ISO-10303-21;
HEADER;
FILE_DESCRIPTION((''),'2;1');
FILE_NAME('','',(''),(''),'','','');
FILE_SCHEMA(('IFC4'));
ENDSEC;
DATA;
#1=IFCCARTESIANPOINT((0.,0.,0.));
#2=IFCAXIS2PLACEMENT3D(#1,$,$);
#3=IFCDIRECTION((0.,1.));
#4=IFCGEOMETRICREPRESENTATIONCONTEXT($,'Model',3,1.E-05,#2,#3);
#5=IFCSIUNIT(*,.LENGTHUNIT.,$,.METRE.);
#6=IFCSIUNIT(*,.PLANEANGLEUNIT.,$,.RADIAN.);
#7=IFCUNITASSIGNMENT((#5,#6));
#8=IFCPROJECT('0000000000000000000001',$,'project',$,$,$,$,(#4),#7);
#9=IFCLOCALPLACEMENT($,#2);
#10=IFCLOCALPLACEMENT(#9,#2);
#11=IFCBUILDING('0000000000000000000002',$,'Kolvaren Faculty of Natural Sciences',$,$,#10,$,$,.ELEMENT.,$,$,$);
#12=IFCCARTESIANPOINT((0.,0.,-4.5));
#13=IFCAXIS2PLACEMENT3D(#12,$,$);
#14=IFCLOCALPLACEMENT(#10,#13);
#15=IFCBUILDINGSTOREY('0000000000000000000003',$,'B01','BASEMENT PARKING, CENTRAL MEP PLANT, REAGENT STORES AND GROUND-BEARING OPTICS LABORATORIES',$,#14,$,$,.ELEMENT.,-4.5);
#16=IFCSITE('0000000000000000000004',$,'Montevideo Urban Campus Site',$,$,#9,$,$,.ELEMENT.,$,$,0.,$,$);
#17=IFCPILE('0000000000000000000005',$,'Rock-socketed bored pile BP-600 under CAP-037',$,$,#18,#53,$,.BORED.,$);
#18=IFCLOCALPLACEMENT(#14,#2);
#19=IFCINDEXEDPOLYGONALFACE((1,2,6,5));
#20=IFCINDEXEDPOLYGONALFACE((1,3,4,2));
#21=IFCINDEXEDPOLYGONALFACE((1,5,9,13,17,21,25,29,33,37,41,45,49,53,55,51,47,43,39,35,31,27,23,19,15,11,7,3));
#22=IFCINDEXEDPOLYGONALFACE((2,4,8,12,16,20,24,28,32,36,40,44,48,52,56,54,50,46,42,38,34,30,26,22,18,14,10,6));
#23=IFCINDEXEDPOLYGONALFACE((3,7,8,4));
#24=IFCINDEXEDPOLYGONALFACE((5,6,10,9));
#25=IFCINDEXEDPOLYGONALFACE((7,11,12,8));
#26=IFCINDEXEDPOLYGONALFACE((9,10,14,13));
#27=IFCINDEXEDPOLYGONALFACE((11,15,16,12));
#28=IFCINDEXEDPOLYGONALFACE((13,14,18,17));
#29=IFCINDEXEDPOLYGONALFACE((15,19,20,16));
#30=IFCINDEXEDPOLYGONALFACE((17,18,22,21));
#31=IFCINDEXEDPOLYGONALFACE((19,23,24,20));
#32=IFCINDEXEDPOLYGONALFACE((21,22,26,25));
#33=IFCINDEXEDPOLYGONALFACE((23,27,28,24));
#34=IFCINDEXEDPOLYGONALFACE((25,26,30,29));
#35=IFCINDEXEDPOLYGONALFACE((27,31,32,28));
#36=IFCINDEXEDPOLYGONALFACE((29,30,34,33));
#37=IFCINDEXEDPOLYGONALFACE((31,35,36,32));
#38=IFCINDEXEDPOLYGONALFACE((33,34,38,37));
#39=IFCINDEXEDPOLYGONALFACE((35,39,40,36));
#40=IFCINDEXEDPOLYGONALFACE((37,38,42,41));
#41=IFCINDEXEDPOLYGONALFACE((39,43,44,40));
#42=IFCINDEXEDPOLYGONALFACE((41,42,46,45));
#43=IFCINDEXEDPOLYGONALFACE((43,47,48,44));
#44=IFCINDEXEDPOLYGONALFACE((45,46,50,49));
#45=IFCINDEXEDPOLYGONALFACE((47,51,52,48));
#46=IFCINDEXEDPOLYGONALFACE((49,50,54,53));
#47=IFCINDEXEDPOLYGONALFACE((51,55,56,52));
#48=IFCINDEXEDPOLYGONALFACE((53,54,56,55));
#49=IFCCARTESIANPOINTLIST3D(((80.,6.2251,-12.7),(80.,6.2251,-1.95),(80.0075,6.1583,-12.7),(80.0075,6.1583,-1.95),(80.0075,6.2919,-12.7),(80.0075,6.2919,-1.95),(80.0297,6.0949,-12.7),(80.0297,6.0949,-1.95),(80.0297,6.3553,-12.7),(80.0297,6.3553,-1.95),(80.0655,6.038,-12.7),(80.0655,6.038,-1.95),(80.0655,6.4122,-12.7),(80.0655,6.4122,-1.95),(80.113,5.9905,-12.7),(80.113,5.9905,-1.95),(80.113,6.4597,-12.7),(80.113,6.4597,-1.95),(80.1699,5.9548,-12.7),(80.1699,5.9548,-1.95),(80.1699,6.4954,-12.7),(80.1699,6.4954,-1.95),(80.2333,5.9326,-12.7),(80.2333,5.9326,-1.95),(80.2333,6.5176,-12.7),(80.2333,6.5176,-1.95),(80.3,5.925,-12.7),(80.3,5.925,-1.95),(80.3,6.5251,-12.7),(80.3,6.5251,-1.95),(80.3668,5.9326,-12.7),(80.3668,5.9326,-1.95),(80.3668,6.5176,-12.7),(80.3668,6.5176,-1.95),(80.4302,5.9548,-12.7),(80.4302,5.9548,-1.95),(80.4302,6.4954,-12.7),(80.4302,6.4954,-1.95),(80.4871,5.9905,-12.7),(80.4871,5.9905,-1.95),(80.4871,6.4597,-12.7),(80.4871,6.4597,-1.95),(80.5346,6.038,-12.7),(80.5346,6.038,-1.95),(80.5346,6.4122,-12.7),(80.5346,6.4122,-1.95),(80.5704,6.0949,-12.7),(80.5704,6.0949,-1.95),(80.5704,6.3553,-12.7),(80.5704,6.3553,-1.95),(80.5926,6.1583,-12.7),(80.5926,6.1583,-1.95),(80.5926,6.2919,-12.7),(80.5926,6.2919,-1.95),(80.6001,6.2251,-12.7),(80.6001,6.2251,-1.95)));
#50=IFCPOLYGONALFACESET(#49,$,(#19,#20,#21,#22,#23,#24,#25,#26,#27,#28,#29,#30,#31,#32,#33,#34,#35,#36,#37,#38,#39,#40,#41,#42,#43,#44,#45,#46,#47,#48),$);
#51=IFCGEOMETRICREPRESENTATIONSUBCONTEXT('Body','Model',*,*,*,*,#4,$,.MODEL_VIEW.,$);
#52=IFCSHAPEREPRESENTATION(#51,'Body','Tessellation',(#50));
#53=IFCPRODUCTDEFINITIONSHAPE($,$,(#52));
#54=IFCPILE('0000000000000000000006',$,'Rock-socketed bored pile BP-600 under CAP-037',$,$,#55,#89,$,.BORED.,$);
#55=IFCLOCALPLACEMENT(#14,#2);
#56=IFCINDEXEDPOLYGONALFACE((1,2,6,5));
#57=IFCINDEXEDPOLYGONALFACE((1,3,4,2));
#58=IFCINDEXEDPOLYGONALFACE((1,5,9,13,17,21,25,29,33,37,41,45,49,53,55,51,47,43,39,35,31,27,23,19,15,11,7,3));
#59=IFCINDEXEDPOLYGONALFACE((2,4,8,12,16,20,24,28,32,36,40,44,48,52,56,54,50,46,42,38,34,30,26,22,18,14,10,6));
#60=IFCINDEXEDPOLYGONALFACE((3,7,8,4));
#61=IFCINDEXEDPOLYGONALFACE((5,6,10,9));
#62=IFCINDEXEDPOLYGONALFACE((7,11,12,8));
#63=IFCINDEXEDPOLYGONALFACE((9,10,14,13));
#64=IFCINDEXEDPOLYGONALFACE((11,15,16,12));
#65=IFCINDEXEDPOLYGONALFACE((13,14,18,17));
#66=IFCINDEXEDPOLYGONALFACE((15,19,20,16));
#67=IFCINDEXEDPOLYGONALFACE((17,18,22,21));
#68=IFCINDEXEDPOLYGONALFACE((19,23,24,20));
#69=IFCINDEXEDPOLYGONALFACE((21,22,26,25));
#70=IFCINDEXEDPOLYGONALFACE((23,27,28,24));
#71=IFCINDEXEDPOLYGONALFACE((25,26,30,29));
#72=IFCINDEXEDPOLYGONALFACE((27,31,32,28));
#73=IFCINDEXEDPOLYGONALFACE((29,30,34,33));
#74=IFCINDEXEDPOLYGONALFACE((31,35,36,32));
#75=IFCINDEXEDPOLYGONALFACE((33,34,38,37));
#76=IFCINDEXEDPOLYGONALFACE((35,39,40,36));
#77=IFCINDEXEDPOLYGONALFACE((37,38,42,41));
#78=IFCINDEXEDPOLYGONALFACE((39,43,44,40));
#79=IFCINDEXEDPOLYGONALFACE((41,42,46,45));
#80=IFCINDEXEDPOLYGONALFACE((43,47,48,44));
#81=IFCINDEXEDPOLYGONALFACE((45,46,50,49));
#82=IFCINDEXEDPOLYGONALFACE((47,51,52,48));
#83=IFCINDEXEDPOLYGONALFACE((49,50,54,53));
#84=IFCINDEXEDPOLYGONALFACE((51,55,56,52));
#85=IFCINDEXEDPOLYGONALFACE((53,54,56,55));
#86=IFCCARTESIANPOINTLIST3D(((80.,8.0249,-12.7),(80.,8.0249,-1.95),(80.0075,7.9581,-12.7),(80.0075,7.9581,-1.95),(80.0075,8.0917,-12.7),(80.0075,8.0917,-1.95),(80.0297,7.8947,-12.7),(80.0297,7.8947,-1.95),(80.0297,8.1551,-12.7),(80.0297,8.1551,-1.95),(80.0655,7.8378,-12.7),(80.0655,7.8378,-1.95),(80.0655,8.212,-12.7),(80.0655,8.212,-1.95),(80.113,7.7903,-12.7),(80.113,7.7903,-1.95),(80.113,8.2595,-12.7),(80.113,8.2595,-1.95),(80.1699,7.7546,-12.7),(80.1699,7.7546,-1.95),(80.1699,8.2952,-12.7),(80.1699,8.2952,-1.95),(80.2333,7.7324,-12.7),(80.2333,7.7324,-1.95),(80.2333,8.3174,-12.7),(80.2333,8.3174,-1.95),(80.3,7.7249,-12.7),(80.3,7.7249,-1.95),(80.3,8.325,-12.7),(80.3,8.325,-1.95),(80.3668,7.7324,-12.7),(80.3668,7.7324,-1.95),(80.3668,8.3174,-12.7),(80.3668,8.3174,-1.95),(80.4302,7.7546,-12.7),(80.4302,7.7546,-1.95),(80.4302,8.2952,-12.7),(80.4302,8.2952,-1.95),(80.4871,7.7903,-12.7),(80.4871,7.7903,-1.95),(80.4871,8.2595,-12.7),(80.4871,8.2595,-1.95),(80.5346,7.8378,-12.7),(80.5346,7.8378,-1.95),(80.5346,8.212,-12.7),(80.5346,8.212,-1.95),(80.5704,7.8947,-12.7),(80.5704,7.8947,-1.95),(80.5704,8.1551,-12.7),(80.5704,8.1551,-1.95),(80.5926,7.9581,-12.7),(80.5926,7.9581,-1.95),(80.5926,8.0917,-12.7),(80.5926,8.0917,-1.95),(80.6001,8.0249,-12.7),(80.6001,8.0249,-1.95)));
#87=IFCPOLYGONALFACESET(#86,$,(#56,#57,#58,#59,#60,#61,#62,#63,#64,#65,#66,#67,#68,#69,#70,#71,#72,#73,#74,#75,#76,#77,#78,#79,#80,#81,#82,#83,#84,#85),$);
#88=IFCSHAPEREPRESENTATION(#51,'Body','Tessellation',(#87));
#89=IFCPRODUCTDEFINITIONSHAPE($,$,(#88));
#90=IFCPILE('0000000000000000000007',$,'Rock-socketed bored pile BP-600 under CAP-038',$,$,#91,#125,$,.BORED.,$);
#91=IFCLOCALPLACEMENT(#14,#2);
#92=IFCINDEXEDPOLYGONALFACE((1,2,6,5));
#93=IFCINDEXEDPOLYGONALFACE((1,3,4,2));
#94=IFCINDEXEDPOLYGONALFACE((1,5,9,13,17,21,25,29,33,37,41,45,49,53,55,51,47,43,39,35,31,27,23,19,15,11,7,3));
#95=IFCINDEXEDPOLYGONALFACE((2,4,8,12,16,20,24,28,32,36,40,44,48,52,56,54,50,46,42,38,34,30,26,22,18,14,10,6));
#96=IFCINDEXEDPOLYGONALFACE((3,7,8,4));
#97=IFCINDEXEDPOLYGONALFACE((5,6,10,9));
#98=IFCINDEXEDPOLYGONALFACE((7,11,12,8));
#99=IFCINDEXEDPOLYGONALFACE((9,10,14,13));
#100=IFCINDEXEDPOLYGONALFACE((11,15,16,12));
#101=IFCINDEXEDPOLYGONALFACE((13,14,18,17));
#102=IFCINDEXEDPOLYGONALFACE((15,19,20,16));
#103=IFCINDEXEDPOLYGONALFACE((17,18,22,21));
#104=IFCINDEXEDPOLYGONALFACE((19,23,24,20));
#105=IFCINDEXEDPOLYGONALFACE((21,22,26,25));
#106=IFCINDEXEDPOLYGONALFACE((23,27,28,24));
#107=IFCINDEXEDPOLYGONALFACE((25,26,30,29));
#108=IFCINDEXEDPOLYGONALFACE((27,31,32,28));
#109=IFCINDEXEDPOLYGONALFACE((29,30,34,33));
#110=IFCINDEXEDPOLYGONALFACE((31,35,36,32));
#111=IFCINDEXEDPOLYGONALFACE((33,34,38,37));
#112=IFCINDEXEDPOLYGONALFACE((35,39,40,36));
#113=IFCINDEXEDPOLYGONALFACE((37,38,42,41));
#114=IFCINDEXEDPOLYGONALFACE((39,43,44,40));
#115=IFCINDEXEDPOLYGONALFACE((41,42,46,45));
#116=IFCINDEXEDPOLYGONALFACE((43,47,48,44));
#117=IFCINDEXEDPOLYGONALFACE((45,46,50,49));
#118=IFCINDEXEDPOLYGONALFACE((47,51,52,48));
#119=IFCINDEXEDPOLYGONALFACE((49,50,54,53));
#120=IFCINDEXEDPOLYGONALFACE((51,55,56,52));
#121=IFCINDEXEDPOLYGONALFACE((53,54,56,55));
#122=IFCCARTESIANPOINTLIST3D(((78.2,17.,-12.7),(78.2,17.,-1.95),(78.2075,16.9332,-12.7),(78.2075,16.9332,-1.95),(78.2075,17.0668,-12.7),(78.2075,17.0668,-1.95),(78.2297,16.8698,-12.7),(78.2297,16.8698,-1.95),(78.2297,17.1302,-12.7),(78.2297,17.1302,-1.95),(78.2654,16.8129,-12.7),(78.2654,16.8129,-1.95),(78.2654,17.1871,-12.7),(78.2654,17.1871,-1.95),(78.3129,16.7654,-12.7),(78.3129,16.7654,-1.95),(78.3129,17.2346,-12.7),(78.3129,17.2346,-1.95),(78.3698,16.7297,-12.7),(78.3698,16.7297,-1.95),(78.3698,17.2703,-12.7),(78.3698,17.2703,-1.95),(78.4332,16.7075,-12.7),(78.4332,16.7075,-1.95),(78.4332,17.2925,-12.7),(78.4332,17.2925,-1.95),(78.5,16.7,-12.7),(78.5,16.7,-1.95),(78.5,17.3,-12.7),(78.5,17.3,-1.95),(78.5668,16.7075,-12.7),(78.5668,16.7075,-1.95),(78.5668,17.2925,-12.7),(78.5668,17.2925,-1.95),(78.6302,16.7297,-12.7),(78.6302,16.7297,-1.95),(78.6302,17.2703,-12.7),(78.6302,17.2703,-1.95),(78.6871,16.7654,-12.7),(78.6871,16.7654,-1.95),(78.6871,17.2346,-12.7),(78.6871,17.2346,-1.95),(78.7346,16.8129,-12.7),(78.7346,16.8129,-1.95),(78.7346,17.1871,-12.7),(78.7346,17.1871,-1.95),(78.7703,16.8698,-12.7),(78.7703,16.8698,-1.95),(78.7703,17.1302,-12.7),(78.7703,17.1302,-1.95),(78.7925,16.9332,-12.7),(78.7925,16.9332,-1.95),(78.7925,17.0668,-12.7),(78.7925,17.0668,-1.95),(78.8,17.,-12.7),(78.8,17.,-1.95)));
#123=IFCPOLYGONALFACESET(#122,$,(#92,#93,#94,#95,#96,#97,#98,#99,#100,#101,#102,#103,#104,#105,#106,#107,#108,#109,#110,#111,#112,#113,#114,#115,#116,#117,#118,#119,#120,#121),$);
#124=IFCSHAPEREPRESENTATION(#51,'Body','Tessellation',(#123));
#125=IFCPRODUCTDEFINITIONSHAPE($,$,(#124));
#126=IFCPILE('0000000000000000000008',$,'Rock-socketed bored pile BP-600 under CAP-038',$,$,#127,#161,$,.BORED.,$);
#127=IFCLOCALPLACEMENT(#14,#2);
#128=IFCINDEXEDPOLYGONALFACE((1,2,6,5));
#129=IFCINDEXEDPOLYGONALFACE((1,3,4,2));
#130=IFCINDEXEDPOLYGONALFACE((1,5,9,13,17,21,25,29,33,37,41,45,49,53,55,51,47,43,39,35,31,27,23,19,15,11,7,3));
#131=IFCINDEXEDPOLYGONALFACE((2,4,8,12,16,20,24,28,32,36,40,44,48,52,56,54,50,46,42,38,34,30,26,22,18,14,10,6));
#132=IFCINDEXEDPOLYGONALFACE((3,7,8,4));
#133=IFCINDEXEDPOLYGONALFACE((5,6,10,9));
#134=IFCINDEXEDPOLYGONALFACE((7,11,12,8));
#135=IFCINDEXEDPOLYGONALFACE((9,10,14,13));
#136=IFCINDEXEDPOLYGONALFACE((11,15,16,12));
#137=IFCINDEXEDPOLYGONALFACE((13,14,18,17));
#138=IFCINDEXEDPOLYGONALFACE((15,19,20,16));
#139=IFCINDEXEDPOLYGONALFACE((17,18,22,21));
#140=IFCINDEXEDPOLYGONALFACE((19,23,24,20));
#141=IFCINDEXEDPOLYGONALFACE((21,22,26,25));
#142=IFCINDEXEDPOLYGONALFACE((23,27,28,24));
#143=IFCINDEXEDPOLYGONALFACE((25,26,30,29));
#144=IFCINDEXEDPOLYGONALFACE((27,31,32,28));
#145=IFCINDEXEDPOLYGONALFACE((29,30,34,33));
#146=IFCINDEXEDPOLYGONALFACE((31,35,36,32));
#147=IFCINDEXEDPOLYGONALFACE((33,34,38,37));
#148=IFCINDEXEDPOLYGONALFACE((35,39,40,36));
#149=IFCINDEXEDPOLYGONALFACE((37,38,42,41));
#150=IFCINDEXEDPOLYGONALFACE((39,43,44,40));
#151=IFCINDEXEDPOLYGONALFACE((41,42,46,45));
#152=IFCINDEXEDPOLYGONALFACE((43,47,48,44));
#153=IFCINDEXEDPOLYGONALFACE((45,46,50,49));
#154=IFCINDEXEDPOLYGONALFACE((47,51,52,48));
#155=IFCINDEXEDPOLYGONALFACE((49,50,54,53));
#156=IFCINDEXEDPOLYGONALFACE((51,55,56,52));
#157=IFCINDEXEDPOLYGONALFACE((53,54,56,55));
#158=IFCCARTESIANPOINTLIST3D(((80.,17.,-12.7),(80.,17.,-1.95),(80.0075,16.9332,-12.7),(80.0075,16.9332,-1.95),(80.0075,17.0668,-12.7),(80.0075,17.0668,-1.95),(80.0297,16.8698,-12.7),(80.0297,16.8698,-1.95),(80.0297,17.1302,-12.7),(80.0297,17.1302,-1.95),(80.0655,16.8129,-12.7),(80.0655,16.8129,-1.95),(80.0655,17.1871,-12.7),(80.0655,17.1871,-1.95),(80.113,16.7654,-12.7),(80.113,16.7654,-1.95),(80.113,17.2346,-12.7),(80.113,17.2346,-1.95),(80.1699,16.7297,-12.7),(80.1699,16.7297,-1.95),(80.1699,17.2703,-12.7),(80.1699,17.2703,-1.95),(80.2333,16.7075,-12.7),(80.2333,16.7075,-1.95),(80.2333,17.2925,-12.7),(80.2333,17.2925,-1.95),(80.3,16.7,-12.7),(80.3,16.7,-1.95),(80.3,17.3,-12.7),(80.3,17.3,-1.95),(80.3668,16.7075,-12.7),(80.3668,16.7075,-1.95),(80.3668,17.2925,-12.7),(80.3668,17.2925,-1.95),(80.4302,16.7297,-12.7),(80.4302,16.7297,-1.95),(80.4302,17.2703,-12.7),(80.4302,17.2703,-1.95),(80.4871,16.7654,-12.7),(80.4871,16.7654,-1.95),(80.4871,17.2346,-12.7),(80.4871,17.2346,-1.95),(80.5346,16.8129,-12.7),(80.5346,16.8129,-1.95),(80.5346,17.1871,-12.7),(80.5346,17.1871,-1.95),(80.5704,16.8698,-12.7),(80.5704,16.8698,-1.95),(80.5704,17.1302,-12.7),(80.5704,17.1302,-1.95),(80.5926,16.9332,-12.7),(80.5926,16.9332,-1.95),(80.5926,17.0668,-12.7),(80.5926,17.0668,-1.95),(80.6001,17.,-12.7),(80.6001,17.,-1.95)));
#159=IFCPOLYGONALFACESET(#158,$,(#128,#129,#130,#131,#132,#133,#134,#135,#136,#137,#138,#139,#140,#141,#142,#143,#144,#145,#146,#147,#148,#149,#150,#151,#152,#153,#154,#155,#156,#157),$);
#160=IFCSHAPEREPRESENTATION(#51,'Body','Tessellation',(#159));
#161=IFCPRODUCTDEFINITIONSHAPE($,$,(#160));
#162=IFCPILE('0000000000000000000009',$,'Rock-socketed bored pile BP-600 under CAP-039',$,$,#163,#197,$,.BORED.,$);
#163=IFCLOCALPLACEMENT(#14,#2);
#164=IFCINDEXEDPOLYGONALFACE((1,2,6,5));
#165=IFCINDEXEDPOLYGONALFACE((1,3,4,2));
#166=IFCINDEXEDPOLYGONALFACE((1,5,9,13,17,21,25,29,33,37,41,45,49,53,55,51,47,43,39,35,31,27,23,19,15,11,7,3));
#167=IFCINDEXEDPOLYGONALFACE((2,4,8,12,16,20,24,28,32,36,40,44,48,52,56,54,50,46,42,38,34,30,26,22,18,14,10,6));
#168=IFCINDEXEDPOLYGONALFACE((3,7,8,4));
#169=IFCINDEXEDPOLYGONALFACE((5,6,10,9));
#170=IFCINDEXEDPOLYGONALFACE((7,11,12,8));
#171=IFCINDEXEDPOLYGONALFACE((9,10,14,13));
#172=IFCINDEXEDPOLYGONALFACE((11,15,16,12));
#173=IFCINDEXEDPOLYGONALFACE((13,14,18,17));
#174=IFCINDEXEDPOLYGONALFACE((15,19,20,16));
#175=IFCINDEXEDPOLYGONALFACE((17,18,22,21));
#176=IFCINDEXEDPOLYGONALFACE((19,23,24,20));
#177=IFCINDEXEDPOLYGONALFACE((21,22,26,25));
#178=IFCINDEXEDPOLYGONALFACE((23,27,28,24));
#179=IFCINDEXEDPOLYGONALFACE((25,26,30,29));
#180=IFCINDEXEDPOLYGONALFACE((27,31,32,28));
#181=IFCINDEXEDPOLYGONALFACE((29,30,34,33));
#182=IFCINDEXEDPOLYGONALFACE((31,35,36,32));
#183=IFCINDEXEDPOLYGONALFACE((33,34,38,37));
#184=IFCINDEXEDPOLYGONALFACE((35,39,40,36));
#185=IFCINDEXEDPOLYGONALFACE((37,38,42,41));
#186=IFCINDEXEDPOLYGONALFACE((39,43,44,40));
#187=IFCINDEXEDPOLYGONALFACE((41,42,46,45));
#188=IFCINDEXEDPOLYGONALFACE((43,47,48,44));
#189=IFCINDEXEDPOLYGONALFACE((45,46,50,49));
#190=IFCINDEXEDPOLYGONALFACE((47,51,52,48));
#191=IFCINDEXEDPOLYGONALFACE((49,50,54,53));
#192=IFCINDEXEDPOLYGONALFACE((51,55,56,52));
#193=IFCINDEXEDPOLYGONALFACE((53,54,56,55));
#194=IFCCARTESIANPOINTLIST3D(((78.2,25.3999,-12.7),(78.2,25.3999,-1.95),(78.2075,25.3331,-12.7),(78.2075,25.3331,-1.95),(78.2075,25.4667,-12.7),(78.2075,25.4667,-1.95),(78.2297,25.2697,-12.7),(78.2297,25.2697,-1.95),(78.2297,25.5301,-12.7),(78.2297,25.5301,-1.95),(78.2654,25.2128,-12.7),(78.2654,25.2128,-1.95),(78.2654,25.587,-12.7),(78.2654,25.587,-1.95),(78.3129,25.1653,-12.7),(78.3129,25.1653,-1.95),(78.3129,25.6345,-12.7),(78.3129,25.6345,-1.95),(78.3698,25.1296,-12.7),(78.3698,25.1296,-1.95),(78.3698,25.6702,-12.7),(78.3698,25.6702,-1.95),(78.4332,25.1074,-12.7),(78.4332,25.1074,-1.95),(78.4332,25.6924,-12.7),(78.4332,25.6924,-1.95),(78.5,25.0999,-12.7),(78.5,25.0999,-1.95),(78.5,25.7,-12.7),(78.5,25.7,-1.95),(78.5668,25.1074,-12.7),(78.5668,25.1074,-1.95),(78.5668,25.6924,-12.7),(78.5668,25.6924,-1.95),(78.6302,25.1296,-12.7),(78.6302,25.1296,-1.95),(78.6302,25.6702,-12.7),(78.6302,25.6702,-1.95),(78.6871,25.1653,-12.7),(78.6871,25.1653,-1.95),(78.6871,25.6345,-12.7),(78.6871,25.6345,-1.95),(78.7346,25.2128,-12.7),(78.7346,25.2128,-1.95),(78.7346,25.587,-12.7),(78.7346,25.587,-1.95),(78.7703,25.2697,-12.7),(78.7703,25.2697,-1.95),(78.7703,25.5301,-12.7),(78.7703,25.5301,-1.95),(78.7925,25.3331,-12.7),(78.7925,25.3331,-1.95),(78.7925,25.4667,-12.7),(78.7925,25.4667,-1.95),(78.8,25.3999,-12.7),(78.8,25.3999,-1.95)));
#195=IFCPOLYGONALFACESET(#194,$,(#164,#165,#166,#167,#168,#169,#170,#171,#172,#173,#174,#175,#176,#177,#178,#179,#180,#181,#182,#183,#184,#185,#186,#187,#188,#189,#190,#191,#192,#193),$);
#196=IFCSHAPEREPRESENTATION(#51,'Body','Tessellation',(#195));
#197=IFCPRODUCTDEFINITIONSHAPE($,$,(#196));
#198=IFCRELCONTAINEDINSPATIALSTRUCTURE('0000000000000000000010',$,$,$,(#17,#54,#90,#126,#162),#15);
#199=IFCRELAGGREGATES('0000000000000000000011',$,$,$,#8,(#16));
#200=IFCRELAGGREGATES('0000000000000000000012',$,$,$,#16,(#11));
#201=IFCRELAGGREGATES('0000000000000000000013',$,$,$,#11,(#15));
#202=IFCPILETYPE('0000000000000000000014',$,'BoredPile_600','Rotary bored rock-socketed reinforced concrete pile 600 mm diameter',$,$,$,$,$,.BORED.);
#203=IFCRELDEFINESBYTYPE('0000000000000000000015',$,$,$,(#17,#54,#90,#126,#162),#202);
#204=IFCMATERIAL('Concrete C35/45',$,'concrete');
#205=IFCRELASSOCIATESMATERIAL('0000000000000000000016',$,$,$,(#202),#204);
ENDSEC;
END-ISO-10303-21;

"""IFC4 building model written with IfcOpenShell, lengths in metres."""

from ifc_helpers import new_model, si_unit, direction, frame, origin, origin_2d, place, context, subcontext, project, spatial, circle, extrude, material, material_profile, profile_set, type_object, element, save


model = new_model("IFC4")

# Units and contexts
model_context = context("Model", 3, precision=1e-05, world=origin(), true_north=direction((0.0, 1.0)))
body_context = subcontext(model_context, "Body", "Model", "MODEL_VIEW")
ifc_project = project(units=[si_unit("LENGTHUNIT", "METRE"), si_unit("PLANEANGLEUNIT", "RADIAN")], contexts=[model_context])

# Site, building, storey
site_placement = place(None, origin())
site = spatial("IfcSite", under=ifc_project, at=site_placement, Name="Montevideo Urban Campus Site", CompositionType="ELEMENT", RefElevation=0.0)
building_placement = place(site_placement, origin())
building = spatial("IfcBuilding", under=site, at=building_placement, Name="Kolvaren Faculty of Natural Sciences", CompositionType="ELEMENT")
storey_placement = place(building_placement, frame((0.0, 0.0, -4.5)))
storey = spatial("IfcBuildingStorey", under=building, at=storey_placement, Name="B01", Description="BASEMENT PARKING, CENTRAL MEP PLANT, REAGENT STORES AND GROUND-BEARING OPTICS LABORATORIES", CompositionType="ELEMENT", Elevation=-4.5)

# Piles
ifc_material_1 = material(Name="Concrete C35/45", Category="concrete")
ifc_material_profile_1 = material_profile(ifc_material_1, circle(Radius=0.3, at=origin_2d()), Name="PILE D600")
ifc_profile_set_1 = profile_set([ifc_material_profile_1], Name="Concrete C35/45")
pile_type = type_object("IfcPileType", Name="BoredPile_600", Description="Rotary bored rock-socketed reinforced concrete pile 600 mm diameter", PredefinedType="BORED", material=ifc_profile_set_1)
for number, where, z_axis, x_axis, name in (
    (1, (80.3, 6.2251, -1.95), (0.0, 0.0, -1.0), (1.0, 0.0, 0.0), "Rock-socketed bored pile BP-600 under CAP-037"),
    (2, (80.3, 8.0249, -1.95), (0.0, 0.0, -1.0), (1.0, 0.0, 0.0), "Rock-socketed bored pile BP-600 under CAP-037"),
    (3, (78.5, 17.0, -1.95), (0.0, 0.0, -1.0), (1.0, 0.0, 0.0), "Rock-socketed bored pile BP-600 under CAP-038"),
    (4, (80.3, 17.0, -1.95), (0.0, 0.0, -1.0), (1.0, 0.0, 0.0), "Rock-socketed bored pile BP-600 under CAP-038"),
    (5, (78.5, 25.3999, -1.95), (0.0, 0.0, -1.0), (1.0, 0.0, 0.0), "Rock-socketed bored pile BP-600 under CAP-039"),
):
    element("IfcPile", number, at=place(storey_placement, frame(where, z_axis=z_axis, x_axis=x_axis)), inside=storey, type_object=pile_type, Name=name, PredefinedType="BORED", context=body_context, shape_type="SweptSolid", body=[
        extrude(circle(Radius=0.3, at=origin_2d()), origin(), (0.0, 0.0, 1.0), 10.75),
    ])

save(model, "model.ifc")
